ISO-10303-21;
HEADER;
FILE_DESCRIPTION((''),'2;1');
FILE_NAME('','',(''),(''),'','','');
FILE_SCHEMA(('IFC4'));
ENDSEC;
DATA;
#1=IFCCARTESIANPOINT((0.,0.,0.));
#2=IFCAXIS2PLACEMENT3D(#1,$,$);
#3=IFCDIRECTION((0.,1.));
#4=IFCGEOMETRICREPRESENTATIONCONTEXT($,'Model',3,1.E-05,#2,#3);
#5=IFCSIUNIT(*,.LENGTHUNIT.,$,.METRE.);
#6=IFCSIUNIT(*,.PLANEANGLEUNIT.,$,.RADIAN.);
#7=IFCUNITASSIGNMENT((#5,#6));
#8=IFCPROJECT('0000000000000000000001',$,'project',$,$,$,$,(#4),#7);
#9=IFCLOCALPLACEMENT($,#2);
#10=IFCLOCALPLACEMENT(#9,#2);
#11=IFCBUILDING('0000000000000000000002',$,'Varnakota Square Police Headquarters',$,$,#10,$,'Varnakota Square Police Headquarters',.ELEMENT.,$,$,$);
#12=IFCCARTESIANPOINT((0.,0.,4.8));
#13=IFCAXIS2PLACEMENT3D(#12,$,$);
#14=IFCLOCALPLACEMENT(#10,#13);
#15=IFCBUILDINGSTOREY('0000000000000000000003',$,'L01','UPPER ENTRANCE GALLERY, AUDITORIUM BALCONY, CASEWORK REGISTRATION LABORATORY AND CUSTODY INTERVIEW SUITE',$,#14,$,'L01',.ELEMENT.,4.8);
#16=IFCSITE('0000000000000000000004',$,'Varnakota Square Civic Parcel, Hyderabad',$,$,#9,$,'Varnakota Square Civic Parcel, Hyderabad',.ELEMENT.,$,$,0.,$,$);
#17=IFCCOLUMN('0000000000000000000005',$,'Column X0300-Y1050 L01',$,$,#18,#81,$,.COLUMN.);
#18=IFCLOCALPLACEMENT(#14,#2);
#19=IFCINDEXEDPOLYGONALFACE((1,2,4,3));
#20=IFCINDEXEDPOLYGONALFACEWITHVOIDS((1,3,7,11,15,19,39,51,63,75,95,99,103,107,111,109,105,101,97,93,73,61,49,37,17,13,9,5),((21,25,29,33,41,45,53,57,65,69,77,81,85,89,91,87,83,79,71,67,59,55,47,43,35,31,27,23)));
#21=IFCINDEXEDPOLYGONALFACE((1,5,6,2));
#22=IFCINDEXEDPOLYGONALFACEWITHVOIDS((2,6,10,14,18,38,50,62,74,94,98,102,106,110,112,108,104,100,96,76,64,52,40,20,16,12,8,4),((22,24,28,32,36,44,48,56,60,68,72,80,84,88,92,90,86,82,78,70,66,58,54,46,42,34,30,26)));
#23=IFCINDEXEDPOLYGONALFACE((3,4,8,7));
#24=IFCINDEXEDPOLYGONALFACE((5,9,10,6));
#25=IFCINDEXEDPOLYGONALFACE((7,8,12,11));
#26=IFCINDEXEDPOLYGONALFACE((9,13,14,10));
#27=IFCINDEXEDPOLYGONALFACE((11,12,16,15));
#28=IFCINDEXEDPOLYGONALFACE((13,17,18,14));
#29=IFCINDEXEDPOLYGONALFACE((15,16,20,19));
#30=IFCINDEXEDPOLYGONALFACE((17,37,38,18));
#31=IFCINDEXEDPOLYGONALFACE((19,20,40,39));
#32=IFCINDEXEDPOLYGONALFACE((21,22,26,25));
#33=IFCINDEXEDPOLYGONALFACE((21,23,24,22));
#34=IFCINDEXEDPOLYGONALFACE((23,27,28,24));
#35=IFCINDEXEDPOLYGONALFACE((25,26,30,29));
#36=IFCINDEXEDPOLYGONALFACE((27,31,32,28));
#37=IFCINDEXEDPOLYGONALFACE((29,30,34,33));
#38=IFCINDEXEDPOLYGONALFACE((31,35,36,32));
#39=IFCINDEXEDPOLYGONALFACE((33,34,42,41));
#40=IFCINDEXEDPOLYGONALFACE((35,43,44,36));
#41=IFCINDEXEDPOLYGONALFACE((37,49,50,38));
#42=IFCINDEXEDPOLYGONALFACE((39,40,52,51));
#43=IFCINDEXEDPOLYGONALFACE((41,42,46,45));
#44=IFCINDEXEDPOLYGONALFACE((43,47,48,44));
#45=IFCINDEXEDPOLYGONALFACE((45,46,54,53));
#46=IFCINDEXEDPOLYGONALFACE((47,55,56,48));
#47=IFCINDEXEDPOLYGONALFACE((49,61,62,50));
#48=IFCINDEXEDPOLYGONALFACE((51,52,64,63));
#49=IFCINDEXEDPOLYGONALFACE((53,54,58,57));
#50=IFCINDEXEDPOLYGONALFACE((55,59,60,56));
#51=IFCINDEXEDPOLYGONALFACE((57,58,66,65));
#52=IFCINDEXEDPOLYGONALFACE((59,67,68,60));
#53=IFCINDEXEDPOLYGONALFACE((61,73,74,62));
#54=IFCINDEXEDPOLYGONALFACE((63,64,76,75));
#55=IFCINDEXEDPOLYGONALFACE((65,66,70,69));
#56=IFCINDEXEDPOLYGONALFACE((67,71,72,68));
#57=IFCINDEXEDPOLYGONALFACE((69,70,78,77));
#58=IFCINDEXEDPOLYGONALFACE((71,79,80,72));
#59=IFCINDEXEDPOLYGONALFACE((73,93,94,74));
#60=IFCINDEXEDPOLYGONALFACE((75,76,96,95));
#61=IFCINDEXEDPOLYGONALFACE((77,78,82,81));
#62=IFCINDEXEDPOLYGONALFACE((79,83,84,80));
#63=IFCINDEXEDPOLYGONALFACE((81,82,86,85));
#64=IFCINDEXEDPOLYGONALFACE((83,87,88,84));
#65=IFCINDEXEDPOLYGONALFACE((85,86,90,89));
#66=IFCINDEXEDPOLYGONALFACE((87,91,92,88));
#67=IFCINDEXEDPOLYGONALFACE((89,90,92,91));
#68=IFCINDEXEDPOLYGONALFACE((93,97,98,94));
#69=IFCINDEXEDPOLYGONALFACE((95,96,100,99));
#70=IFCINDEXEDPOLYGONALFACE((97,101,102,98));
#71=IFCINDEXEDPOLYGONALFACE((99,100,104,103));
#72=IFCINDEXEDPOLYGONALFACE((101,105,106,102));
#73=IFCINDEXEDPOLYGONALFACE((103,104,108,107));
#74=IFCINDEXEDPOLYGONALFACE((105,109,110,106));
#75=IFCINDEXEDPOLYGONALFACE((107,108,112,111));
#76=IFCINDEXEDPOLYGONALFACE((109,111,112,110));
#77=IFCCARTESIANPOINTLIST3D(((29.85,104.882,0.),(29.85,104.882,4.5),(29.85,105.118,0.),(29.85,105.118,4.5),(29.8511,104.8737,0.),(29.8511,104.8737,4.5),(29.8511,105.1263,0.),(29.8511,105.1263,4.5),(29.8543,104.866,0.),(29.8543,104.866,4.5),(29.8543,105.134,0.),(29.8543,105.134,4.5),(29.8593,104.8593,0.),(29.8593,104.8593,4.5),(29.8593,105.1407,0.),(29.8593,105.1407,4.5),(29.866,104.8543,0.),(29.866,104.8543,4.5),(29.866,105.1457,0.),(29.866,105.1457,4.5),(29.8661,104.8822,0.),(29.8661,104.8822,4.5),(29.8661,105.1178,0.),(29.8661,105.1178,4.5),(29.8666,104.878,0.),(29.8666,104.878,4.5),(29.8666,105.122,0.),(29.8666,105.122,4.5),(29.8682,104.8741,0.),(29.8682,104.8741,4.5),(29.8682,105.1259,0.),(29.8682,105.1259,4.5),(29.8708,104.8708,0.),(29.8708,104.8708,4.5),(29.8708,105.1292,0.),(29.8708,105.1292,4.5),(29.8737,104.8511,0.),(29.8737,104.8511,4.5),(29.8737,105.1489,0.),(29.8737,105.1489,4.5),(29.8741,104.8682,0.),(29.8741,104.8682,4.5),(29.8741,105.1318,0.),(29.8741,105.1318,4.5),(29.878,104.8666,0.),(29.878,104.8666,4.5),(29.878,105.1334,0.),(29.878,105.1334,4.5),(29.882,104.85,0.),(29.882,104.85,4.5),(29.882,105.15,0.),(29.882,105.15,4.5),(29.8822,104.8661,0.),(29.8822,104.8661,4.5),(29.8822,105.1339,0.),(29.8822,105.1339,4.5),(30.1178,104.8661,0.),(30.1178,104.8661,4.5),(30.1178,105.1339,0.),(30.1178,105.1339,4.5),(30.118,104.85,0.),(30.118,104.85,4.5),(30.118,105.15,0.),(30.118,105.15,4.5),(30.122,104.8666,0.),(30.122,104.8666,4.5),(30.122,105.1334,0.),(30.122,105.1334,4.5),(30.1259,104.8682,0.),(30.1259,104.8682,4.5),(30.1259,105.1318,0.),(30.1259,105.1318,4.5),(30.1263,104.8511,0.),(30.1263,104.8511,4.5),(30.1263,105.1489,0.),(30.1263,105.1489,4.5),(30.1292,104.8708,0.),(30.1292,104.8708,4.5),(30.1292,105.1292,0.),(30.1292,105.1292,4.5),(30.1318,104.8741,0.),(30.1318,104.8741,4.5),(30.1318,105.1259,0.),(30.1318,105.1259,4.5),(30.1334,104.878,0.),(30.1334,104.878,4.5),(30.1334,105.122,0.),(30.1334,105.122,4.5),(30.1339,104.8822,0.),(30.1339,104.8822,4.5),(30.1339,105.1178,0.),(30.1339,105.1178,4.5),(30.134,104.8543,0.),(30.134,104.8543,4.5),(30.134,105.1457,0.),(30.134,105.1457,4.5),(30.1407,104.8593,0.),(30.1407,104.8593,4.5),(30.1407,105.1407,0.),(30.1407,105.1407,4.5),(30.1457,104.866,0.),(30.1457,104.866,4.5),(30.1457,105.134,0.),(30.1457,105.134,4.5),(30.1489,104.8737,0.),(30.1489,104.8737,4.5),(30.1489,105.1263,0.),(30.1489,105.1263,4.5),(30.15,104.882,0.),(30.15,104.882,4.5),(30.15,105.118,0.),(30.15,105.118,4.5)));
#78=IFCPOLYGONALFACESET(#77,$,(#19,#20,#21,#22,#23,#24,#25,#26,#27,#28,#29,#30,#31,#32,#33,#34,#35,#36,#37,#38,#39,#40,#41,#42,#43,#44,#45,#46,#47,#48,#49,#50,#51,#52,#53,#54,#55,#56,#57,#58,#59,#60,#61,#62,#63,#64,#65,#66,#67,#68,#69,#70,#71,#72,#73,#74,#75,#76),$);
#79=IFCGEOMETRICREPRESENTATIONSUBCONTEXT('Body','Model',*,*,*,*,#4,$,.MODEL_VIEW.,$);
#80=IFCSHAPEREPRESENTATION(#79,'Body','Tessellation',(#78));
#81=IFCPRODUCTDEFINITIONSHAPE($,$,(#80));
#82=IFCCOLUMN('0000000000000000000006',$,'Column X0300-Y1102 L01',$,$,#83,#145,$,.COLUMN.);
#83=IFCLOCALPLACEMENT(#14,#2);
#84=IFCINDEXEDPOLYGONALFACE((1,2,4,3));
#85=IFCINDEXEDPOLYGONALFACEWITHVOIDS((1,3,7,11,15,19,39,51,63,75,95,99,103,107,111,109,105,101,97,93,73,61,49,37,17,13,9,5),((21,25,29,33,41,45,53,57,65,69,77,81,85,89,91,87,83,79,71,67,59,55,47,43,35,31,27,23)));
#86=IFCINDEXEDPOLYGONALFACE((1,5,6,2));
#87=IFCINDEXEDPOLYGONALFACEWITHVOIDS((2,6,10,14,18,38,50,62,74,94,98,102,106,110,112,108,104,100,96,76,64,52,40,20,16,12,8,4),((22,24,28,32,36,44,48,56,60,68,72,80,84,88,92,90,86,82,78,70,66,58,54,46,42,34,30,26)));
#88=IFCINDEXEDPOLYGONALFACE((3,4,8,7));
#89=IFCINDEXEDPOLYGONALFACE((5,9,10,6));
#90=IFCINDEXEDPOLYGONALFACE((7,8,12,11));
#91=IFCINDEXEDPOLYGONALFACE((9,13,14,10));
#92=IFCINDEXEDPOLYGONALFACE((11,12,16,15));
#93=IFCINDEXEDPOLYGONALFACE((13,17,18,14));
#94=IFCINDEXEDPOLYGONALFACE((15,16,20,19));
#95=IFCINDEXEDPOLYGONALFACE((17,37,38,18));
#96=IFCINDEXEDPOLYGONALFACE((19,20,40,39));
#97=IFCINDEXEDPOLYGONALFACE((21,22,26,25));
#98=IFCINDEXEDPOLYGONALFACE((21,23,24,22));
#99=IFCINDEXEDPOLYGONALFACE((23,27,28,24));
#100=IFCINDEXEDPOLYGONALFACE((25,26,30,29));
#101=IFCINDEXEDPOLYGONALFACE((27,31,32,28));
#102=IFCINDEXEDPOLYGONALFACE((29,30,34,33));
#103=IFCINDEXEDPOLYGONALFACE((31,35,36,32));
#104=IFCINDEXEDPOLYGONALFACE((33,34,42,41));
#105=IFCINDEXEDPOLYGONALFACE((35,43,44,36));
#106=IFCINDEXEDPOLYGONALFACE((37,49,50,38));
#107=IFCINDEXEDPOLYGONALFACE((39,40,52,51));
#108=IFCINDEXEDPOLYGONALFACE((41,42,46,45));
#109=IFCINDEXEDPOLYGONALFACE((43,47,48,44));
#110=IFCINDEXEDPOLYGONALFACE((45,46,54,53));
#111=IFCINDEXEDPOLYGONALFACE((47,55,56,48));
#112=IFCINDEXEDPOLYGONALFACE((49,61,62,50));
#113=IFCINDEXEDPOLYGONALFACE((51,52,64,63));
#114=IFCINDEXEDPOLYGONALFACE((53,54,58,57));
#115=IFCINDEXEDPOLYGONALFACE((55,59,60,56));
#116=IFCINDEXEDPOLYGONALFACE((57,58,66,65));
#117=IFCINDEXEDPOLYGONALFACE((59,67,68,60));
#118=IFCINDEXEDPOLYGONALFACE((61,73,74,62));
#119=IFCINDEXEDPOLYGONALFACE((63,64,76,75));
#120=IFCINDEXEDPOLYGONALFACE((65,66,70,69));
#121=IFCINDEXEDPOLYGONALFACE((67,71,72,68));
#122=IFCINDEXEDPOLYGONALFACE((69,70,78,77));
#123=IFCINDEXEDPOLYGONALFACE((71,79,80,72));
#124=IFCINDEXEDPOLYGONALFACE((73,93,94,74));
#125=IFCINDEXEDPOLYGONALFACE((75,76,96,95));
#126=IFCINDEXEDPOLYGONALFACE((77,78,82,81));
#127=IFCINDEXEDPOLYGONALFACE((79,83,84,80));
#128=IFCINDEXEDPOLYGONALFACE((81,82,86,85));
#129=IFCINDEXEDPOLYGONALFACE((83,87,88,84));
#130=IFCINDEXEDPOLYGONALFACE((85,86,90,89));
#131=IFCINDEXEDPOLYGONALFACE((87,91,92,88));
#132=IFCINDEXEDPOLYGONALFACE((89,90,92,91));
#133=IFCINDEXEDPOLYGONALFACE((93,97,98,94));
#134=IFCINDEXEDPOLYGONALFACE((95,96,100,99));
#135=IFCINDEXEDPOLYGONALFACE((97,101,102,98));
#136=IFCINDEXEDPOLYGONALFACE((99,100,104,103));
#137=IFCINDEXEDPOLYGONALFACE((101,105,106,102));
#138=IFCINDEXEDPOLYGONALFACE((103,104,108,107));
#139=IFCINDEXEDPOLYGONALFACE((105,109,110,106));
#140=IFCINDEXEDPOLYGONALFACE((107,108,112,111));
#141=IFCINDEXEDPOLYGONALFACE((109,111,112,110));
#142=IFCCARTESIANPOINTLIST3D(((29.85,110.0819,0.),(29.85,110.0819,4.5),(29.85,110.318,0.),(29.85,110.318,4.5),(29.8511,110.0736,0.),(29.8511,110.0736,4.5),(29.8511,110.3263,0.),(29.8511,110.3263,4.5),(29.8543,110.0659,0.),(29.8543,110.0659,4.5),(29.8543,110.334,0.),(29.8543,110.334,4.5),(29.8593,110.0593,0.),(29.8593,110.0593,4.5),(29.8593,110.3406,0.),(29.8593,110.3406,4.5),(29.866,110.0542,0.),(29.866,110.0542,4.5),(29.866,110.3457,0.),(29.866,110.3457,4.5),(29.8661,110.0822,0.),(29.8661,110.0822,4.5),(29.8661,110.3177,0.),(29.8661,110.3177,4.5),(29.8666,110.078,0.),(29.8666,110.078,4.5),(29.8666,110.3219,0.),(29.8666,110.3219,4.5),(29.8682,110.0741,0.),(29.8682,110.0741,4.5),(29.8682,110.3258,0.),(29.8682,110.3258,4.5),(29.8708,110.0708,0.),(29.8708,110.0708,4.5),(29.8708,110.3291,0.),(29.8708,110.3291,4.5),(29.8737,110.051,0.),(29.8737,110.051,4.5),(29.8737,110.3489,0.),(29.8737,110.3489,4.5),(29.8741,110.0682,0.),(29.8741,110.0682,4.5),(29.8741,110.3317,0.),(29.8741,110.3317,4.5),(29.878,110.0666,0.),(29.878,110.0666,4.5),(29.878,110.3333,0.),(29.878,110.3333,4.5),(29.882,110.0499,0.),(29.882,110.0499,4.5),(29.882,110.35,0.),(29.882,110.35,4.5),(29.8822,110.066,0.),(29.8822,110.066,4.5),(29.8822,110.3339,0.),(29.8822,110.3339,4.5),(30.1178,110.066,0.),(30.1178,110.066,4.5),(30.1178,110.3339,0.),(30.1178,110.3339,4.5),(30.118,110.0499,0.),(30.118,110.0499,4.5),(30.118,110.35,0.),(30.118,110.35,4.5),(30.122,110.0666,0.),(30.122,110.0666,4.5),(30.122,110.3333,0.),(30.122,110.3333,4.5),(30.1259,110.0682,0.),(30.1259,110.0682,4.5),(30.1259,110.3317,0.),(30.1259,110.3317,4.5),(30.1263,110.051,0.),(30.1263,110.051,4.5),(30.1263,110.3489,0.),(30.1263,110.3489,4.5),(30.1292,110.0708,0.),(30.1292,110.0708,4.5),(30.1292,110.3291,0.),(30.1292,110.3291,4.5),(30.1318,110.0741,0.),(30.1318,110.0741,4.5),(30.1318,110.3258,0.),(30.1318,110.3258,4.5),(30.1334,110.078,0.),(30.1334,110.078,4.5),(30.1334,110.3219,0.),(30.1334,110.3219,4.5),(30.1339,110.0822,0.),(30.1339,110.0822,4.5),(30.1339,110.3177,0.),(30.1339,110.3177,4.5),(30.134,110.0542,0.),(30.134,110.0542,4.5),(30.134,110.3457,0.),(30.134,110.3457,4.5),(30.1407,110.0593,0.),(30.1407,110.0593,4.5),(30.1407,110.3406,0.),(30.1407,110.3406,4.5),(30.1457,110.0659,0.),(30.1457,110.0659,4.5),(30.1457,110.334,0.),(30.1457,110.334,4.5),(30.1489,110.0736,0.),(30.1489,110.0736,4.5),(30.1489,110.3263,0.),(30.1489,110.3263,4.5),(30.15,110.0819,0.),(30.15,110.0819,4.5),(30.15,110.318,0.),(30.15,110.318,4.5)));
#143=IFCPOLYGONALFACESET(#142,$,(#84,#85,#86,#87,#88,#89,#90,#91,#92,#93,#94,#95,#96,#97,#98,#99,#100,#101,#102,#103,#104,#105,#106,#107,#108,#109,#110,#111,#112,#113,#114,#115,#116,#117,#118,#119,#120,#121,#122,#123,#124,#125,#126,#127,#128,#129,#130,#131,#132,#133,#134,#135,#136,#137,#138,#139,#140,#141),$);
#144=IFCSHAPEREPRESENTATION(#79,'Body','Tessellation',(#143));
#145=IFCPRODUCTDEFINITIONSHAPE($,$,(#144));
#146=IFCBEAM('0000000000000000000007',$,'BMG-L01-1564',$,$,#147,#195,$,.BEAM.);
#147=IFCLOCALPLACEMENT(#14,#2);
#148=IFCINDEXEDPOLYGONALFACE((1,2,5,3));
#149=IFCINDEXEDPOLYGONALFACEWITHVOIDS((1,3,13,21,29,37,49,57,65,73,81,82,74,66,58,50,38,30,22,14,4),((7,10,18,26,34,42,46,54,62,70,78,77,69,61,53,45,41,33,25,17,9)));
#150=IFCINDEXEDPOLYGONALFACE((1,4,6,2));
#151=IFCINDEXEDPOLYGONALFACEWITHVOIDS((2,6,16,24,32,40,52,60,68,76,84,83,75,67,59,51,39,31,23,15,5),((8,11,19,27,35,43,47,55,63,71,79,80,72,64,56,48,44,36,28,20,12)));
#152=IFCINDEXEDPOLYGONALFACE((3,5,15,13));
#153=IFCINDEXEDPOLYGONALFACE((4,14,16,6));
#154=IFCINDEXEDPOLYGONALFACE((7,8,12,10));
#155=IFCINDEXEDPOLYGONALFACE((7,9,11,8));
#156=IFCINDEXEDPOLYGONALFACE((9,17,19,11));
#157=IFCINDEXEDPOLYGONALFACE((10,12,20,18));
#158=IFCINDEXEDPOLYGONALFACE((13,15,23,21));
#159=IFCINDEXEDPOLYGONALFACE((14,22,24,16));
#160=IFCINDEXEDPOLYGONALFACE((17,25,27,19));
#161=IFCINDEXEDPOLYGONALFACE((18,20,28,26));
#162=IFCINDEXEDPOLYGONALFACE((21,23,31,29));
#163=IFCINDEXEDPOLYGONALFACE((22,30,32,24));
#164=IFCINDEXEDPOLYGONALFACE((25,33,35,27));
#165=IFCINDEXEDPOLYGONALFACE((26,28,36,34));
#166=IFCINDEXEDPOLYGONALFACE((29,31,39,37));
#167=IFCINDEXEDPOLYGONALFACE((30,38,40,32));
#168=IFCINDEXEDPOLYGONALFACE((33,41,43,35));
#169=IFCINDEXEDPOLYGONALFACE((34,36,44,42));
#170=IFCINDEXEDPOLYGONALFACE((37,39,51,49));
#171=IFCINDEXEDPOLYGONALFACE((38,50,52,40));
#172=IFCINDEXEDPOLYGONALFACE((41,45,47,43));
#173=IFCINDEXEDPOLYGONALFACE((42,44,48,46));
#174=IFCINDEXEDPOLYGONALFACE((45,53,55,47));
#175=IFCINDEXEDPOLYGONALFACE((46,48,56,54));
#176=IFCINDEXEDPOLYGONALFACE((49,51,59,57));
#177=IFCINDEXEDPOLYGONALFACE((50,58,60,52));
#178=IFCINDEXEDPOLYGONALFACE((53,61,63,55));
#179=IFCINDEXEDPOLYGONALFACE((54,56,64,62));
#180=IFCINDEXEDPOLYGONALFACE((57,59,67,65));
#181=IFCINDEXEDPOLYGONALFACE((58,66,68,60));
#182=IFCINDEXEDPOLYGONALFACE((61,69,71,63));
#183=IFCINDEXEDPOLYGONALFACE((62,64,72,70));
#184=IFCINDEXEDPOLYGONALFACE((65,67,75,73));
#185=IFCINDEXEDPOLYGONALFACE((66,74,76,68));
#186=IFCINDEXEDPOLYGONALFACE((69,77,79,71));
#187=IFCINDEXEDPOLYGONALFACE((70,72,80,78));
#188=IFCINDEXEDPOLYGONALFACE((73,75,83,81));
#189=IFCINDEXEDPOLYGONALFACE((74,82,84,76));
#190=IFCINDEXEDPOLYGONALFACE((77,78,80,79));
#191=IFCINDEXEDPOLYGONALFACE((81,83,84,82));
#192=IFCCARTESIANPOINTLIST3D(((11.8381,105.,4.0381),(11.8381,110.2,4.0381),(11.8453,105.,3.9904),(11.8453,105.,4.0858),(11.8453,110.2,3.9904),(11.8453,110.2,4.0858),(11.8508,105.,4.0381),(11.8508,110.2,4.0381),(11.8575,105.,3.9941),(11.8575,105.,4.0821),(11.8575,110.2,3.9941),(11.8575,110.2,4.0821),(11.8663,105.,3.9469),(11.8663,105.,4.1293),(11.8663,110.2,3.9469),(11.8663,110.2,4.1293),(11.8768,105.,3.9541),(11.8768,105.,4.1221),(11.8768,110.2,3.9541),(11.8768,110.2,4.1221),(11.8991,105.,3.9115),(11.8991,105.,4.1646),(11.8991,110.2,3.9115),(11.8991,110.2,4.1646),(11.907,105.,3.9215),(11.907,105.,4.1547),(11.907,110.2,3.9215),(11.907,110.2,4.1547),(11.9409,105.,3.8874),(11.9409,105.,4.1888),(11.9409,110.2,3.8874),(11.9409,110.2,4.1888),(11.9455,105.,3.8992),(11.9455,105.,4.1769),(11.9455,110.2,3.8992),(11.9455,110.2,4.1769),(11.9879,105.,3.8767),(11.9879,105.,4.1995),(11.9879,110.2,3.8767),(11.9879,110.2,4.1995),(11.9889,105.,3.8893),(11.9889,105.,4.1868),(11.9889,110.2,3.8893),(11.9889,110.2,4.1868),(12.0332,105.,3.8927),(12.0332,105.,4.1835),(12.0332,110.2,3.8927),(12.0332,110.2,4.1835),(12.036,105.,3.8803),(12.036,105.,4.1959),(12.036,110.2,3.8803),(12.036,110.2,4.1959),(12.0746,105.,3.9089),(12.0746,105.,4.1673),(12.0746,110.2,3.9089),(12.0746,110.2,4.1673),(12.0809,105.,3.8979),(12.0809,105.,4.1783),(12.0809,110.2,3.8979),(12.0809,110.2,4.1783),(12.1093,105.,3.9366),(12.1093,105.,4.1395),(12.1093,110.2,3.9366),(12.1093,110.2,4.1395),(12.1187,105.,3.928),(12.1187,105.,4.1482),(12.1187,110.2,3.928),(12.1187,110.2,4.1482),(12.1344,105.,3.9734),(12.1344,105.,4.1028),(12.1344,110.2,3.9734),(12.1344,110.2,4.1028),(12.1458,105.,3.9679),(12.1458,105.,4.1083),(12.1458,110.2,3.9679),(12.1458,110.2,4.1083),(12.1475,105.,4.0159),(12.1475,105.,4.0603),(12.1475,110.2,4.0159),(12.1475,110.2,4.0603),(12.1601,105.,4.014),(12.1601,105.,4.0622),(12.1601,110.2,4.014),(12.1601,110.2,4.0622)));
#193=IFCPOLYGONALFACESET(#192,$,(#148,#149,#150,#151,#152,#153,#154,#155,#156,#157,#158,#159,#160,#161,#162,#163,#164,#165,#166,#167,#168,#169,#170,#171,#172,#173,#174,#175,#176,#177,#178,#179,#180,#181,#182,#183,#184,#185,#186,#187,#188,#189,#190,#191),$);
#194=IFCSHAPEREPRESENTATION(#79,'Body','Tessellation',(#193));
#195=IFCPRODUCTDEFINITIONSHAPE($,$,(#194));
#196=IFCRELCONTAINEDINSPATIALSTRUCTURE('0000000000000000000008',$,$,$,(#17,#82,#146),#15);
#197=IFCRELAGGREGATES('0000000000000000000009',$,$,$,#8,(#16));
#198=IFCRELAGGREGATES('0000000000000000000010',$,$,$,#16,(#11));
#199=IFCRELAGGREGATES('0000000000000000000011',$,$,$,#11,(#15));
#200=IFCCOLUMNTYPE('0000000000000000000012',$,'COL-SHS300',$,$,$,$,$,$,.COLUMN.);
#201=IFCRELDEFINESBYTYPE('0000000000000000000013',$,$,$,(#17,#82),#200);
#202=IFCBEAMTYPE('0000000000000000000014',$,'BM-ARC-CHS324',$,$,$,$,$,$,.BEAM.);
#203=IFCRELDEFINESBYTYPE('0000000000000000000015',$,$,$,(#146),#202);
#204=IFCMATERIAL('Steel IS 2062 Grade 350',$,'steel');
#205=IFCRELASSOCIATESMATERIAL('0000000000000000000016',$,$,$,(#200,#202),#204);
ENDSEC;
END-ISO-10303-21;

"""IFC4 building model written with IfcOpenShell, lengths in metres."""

from ifc_helpers import new_model, si_unit, direction, frame, origin, origin_2d, place, context, subcontext, project, spatial, hollow_rectangle, hollow_circle, extrude, material, material_profile, profile_set, type_object, element, save


model = new_model("IFC4")

# Units and contexts
model_context = context("Model", 3, precision=1e-05, world=origin(), true_north=direction((0.0, 1.0)))
body_context = subcontext(model_context, "Body", "Model", "MODEL_VIEW")
ifc_project = project(units=[si_unit("LENGTHUNIT", "METRE"), si_unit("PLANEANGLEUNIT", "RADIAN")], contexts=[model_context])

# Site, building, storey
site_placement = place(None, origin())
site = spatial("IfcSite", under=ifc_project, at=site_placement, Name="Varnakota Square Civic Parcel, Hyderabad", LongName="Varnakota Square Civic Parcel, Hyderabad", CompositionType="ELEMENT", RefElevation=0.0)
building_placement = place(site_placement, origin())
building = spatial("IfcBuilding", under=site, at=building_placement, Name="Varnakota Square Police Headquarters", LongName="Varnakota Square Police Headquarters", CompositionType="ELEMENT")
storey_placement = place(building_placement, frame((0.0, 0.0, 4.8)))
storey = spatial("IfcBuildingStorey", under=building, at=storey_placement, Name="L01", Description="UPPER ENTRANCE GALLERY, AUDITORIUM BALCONY, CASEWORK REGISTRATION LABORATORY AND CUSTODY INTERVIEW SUITE", LongName="L01", CompositionType="ELEMENT", Elevation=4.8)

# Columns
ifc_material_1 = material(Name="Steel IS 2062 Grade 350", Category="steel")
ifc_material_profile_1 = material_profile(ifc_material_1, hollow_rectangle(XDim=0.3, YDim=0.3, WallThickness=0.0161, InnerFilletRadius=0.0161, OuterFilletRadius=0.032, at=origin_2d()), Name="SHS 300x300x16")
ifc_profile_set_1 = profile_set([ifc_material_profile_1], Name="Steel IS 2062 Grade 350")
column_type_1 = type_object("IfcColumnType", Name="COL-SHS300", PredefinedType="COLUMN", material=ifc_profile_set_1)
for number, where, z_axis, x_axis, name in (
    (1, (30.0, 105.0, 0.0), (0.0, 0.0, 1.0), (1.0, 0.0, 0.0), "Column X0300-Y1050 L01"),
    (2, (30.0, 110.2, 0.0), (0.0, 0.0, 1.0), (1.0, 0.0, 0.0), "Column X0300-Y1102 L01"),
):
    element("IfcColumn", number, at=place(storey_placement, frame(where, z_axis=z_axis, x_axis=x_axis)), inside=storey, type_object=column_type_1, Name=name, PredefinedType="COLUMN", context=body_context, shape_type="SweptSolid", body=[
        extrude(hollow_rectangle(XDim=0.3, YDim=0.3, WallThickness=0.0161, InnerFilletRadius=0.0161, OuterFilletRadius=0.032, at=origin_2d()), origin(), (0.0, 0.0, 1.0), 4.5),
    ])

# Beam
ifc_material_profile_2 = material_profile(ifc_material_1, hollow_circle(Radius=0.1619, WallThickness=0.0127, at=origin_2d()), Name="CHS 323.9x12.7")
ifc_profile_set_2 = profile_set([ifc_material_profile_2], Name="Steel IS 2062 Grade 350")
beam_type_1 = type_object("IfcBeamType", Name="BM-ARC-CHS324", PredefinedType="BEAM", material=ifc_profile_set_2)
for number, where, z_axis, x_axis, name in (
    (3, (12.0, 105.0, 4.0381), (0.0, 1.0, 0.0), (-1.0, 0.0, 0.0), "BMG-L01-1564"),
):
    element("IfcBeam", number, at=place(storey_placement, frame(where, z_axis=z_axis, x_axis=x_axis)), inside=storey, type_object=beam_type_1, Name=name, PredefinedType="BEAM", context=body_context, shape_type="SweptSolid", body=[
        extrude(hollow_circle(Radius=0.1619, WallThickness=0.0127, at=origin_2d()), origin(), (0.0, 0.0, 1.0), 5.2),
    ])

save(model, "model.ifc")
